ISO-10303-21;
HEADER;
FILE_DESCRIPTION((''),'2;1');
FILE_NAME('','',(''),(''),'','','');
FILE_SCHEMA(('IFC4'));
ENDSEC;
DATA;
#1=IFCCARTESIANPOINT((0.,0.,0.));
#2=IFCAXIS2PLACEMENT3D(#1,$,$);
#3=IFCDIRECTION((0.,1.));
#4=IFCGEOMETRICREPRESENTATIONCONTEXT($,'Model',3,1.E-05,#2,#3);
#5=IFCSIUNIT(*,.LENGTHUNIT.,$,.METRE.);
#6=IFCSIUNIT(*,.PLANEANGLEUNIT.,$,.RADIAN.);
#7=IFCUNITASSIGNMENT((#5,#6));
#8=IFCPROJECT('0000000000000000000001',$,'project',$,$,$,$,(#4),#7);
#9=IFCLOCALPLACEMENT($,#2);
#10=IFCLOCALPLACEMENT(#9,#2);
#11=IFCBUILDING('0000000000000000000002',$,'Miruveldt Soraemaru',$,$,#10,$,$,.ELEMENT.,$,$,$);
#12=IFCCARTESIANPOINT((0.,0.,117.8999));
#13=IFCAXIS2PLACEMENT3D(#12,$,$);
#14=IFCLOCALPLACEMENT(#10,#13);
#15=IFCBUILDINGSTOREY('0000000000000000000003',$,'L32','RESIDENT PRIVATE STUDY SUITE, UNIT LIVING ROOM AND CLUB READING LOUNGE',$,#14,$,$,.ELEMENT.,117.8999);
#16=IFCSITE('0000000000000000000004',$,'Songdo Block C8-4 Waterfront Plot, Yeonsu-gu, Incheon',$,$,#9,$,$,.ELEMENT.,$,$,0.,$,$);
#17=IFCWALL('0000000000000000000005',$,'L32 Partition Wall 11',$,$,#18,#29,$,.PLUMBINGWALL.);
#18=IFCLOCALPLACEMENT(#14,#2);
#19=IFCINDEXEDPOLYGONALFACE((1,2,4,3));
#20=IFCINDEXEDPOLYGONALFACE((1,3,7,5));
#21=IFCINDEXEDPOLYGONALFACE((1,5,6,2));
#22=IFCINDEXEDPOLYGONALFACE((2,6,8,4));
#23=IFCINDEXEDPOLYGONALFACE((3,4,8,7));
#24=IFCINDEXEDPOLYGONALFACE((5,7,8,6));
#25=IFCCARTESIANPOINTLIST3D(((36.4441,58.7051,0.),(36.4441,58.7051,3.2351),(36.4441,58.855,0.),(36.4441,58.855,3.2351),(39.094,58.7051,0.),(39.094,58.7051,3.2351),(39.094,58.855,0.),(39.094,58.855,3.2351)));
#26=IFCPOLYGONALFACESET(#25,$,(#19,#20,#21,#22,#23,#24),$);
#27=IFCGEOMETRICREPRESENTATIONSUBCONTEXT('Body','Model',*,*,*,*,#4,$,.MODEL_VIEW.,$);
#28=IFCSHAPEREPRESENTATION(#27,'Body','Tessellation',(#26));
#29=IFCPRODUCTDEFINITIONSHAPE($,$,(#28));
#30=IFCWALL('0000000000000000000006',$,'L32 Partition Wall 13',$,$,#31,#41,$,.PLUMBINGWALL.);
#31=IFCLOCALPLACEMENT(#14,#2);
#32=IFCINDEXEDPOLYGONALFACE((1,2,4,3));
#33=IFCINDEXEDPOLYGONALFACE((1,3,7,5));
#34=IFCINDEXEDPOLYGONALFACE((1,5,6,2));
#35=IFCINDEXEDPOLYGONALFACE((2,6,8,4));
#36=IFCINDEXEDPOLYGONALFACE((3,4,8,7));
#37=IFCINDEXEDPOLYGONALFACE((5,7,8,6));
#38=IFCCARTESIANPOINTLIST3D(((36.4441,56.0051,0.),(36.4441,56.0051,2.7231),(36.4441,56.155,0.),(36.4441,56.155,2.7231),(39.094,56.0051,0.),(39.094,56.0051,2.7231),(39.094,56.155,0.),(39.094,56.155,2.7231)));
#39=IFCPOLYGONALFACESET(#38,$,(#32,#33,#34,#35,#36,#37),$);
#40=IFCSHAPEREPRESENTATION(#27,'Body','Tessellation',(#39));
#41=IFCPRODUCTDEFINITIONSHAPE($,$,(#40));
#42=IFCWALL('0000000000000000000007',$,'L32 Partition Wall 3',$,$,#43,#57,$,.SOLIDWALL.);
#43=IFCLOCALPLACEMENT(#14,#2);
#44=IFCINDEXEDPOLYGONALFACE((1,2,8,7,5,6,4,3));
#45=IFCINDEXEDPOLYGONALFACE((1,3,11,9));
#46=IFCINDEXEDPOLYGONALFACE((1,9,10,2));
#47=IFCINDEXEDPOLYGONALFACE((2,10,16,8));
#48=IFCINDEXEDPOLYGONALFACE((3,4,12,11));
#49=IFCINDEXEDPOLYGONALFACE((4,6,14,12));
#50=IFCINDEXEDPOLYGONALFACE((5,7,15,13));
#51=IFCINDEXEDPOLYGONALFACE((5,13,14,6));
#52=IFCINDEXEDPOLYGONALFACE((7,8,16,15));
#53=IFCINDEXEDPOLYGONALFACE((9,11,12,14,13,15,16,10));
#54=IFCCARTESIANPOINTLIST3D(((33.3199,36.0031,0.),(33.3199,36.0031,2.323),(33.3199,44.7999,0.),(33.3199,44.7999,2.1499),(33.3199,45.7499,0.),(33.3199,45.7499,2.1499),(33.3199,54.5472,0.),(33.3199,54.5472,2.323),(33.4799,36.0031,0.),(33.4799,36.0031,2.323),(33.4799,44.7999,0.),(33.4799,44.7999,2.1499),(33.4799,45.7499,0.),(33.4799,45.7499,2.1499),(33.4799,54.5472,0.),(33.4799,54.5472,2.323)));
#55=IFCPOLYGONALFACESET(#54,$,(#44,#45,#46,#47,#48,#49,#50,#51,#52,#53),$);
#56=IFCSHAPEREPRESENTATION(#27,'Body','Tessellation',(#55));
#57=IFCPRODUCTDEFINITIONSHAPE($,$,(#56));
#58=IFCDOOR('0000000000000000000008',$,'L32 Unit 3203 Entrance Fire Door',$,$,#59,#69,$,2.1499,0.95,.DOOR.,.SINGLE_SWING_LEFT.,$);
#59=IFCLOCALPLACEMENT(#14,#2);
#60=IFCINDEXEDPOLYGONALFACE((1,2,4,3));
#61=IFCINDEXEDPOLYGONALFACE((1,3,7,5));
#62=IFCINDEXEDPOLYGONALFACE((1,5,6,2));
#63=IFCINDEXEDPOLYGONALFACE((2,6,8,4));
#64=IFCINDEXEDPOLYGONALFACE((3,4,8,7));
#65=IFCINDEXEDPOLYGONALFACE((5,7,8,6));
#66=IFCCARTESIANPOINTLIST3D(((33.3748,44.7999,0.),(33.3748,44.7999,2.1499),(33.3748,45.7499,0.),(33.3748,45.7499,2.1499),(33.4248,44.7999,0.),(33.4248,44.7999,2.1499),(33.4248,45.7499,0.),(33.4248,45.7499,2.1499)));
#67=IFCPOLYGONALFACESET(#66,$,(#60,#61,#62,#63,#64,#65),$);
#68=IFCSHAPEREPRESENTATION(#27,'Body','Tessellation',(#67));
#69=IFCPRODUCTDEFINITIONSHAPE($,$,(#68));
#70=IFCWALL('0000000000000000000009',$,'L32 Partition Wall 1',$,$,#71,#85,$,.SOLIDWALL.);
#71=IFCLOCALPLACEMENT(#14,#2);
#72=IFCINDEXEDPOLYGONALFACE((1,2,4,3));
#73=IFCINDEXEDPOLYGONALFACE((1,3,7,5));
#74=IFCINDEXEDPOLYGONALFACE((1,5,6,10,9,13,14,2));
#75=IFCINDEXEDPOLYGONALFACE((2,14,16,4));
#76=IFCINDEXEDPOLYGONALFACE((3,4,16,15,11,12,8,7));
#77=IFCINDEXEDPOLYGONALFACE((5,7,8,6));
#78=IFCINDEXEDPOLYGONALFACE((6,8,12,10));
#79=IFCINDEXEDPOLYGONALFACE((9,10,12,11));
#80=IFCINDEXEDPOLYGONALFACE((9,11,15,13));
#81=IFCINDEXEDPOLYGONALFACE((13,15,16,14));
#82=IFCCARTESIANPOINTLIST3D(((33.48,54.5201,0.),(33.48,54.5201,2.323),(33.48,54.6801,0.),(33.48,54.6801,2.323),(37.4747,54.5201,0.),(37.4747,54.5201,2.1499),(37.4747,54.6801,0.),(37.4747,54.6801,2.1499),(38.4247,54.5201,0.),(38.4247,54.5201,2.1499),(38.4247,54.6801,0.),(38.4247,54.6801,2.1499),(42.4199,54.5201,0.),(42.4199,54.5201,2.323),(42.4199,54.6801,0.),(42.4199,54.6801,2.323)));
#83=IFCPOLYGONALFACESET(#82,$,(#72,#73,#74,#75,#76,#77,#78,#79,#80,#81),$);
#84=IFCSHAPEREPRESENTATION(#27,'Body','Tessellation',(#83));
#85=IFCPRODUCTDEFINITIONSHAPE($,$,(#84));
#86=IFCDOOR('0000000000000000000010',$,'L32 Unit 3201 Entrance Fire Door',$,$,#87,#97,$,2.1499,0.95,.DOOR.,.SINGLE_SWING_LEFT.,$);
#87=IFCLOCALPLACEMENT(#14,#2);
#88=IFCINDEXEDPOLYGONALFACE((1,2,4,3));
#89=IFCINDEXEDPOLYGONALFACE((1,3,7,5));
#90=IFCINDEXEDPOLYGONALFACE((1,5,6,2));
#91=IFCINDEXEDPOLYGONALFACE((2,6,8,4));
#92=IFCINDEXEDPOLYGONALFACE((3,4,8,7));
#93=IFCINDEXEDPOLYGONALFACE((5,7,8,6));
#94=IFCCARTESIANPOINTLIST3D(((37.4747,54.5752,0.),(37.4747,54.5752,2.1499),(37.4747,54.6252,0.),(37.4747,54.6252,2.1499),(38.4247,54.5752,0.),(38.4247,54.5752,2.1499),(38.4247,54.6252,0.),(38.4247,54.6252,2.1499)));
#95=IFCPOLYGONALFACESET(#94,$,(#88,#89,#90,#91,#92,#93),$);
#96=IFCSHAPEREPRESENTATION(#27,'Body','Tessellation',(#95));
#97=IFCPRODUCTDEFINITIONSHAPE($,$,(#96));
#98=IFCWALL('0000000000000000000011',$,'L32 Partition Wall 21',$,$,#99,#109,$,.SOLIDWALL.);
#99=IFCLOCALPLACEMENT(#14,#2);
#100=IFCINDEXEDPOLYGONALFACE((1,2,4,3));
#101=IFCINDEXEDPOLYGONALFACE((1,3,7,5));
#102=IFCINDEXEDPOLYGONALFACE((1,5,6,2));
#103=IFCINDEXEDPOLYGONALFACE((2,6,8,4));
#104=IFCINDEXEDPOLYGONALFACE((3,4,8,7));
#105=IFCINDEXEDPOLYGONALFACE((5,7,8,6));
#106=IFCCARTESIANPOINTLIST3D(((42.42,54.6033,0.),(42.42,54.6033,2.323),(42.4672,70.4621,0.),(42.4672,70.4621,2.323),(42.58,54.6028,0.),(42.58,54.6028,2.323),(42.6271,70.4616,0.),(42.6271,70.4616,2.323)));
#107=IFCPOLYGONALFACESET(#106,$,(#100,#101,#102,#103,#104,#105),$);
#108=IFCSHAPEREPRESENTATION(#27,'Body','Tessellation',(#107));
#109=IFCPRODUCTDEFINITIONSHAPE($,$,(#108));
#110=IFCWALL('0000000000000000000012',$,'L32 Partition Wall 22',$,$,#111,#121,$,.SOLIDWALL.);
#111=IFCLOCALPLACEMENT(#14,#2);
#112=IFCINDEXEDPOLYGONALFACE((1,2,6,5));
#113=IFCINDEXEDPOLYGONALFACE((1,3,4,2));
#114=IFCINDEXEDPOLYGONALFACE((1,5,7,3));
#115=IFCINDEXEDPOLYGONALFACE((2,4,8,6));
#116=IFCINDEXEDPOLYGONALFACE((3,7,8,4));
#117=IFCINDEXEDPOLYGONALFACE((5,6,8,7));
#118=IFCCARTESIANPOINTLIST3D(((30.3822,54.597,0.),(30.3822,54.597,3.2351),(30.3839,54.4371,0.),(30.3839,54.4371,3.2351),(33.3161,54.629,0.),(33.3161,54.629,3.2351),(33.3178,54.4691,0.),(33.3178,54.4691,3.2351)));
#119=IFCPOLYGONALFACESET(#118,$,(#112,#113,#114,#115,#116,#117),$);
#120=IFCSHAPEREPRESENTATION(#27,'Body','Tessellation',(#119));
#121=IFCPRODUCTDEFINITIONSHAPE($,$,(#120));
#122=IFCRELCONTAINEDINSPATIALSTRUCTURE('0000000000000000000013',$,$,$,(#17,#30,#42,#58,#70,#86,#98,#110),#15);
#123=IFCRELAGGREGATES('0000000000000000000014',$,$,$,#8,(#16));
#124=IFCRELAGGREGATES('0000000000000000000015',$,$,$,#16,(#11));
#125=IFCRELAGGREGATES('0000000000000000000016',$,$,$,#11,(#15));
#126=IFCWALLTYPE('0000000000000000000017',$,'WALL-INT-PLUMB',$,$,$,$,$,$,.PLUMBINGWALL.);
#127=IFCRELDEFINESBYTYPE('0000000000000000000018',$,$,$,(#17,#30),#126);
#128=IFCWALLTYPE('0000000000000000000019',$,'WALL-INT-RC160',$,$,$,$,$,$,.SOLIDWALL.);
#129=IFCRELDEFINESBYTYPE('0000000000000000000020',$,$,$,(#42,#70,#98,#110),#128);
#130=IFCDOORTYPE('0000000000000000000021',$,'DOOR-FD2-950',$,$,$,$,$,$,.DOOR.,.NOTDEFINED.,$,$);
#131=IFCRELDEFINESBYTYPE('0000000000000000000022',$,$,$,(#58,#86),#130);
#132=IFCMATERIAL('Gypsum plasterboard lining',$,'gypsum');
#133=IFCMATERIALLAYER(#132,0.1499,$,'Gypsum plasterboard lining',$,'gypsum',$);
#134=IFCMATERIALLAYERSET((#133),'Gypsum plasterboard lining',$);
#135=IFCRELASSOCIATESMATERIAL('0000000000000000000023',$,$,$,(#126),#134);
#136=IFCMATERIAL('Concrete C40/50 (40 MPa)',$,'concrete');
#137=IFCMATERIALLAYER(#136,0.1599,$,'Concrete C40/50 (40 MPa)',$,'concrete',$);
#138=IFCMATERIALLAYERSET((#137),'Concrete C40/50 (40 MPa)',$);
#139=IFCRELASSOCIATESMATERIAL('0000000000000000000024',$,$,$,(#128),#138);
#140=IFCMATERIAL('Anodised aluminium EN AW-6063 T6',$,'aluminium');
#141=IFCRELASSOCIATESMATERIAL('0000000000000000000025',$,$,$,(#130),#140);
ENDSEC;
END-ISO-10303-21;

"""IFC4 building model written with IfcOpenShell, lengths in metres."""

from ifc_helpers import new_model, si_unit, direction, frame, frame_2d, origin, place, context, subcontext, project, spatial, rectangle, extrude, material, layer, layer_set, type_object, element, fill, save


model = new_model("IFC4")

# Units and contexts
model_context = context("Model", 3, precision=1e-05, world=origin(), true_north=direction((0.0, 1.0)))
body_context = subcontext(model_context, "Body", "Model", "MODEL_VIEW")
ifc_project = project(units=[si_unit("LENGTHUNIT", "METRE"), si_unit("PLANEANGLEUNIT", "RADIAN")], contexts=[model_context])

# Site, building, storey
site_placement = place(None, origin())
site = spatial("IfcSite", under=ifc_project, at=site_placement, Name="Songdo Block C8-4 Waterfront Plot, Yeonsu-gu, Incheon", CompositionType="ELEMENT", RefElevation=0.0)
building_placement = place(site_placement, origin())
building = spatial("IfcBuilding", under=site, at=building_placement, Name="Miruveldt Soraemaru", CompositionType="ELEMENT")
storey_placement = place(building_placement, frame((0.0, 0.0, 117.8999)))
storey = spatial("IfcBuildingStorey", under=building, at=storey_placement, Name="L32", Description="RESIDENT PRIVATE STUDY SUITE, UNIT LIVING ROOM AND CLUB READING LOUNGE", CompositionType="ELEMENT", Elevation=117.8999)

# Shared definitions
ifc_material_1 = material(Name="Gypsum plasterboard lining", Category="gypsum")
ifc_material_2 = material(Name="Anodised aluminium EN AW-6063 T6", Category="aluminium")
ifc_layer_1 = layer(ifc_material_1, 0.1499, Name="Gypsum plasterboard lining", Category="gypsum")
ifc_layer_set_1 = layer_set([ifc_layer_1], Name="Gypsum plasterboard lining")
wall_type_1 = type_object("IfcWallType", Name="WALL-INT-PLUMB", PredefinedType="PLUMBINGWALL", material=ifc_layer_set_1)

# Walls
wall_1_placement = place(storey_placement, frame((39.094, 58.78, 0.0), z_axis=(0.0, 0.0, 1.0), x_axis=(-1.0, 0.0, 0.0)))
element("IfcWall", 1, at=wall_1_placement, inside=storey, type_object=wall_type_1, Name="L32 Partition Wall 11", PredefinedType="PLUMBINGWALL", context=body_context, shape_type="SweptSolid", body=[
    extrude(rectangle(XDim=2.6499, YDim=0.1499, at=frame_2d((1.325, 0.0))), origin(), (0.0, 0.0, 1.0), 3.2351),
])
wall_2_placement = place(storey_placement, frame((36.4441, 56.0801, 0.0), z_axis=(0.0, 0.0, 1.0), x_axis=(1.0, 0.0, 0.0)))
element("IfcWall", 2, at=wall_2_placement, inside=storey, type_object=wall_type_1, Name="L32 Partition Wall 13", PredefinedType="PLUMBINGWALL", context=body_context, shape_type="SweptSolid", body=[
    extrude(rectangle(XDim=2.6499, YDim=0.1499, at=frame_2d((1.325, 0.0))), origin(), (0.0, 0.0, 1.0), 2.7231),
])

# Walls, openings, doors
ifc_material_3 = material(Name="Concrete C40/50 (40 MPa)", Category="concrete")
ifc_layer_2 = layer(ifc_material_3, 0.1599, Name="Concrete C40/50 (40 MPa)", Category="concrete")
ifc_layer_set_2 = layer_set([ifc_layer_2], Name="Concrete C40/50 (40 MPa)")
wall_type_2 = type_object("IfcWallType", Name="WALL-INT-RC160", PredefinedType="SOLIDWALL", material=ifc_layer_set_2)
wall_3_placement = place(storey_placement, frame((33.3999, 54.5471, 0.0), z_axis=(0.0, 0.0, 1.0), x_axis=(0.0, -1.0, 0.0)))
wall_3 = element("IfcWall", 3, at=wall_3_placement, inside=storey, type_object=wall_type_2, Name="L32 Partition Wall 3", PredefinedType="SOLIDWALL", context=body_context, shape_type="SweptSolid", body=[
    extrude(rectangle(XDim=18.5442, YDim=0.1599, at=frame_2d((9.272, 0.0))), origin(), (0.0, 0.0, 1.0), 2.323),
])
opening_1_placement = place(wall_3_placement, frame((8.7971, 0.0, 0.0)))
opening_1 = element("IfcOpeningElement", 4, at=opening_1_placement, cuts=wall_3, PredefinedType="OPENING", context=body_context, shape_type="SweptSolid", body=[
    extrude(rectangle(XDim=0.95, YDim=2.1499, at=frame_2d((0.4751, 1.075))), frame((0.0, 0.0898, 0.0), z_axis=(0.0, -1.0, 0.0), x_axis=(1.0, 0.0, 0.0)), (0.0, 0.0, 1.0), 0.1799),
])
door_type_1 = type_object("IfcDoorType", Name="DOOR-FD2-950", OperationType="NOTDEFINED", PredefinedType="DOOR", material=ifc_material_2)
door_1_placement = place(opening_1_placement, origin())
door_1 = element("IfcDoor", 5, at=door_1_placement, inside=storey, type_object=door_type_1, Name="L32 Unit 3203 Entrance Fire Door", OperationType="SINGLE_SWING_LEFT", OverallHeight=2.1499, OverallWidth=0.95, PredefinedType="DOOR", context=body_context, shape_type="SweptSolid", body=[
    extrude(rectangle(XDim=0.95, YDim=2.1499, at=frame_2d((0.4751, 1.075))), frame((0.0, 0.0249, 0.0), z_axis=(0.0, -1.0, 0.0), x_axis=(1.0, 0.0, 0.0)), (0.0, 0.0, 1.0), 0.05),
])
fill(opening_1, door_1)
wall_4_placement = place(storey_placement, frame((42.4199, 54.6001, 0.0), z_axis=(0.0, 0.0, 1.0), x_axis=(-1.0, 0.0, 0.0)))
wall_4 = element("IfcWall", 6, at=wall_4_placement, inside=storey, type_object=wall_type_2, Name="L32 Partition Wall 1", PredefinedType="SOLIDWALL", context=body_context, shape_type="SweptSolid", body=[
    extrude(rectangle(XDim=8.9399, YDim=0.1599, at=frame_2d((4.47, 0.0))), origin(), (0.0, 0.0, 1.0), 2.323),
])
opening_2_placement = place(wall_4_placement, frame((3.9951, 0.0, 0.0)))
opening_2 = element("IfcOpeningElement", 7, at=opening_2_placement, cuts=wall_4, PredefinedType="OPENING", context=body_context, shape_type="SweptSolid", body=[
    extrude(rectangle(XDim=0.95, YDim=2.1499, at=frame_2d((0.4751, 1.075))), frame((0.0, 0.0898, 0.0), z_axis=(0.0, -1.0, 0.0), x_axis=(1.0, 0.0, 0.0)), (0.0, 0.0, 1.0), 0.1799),
])
door_2_placement = place(opening_2_placement, origin())
door_2 = element("IfcDoor", 8, at=door_2_placement, inside=storey, type_object=door_type_1, Name="L32 Unit 3201 Entrance Fire Door", OperationType="SINGLE_SWING_LEFT", OverallHeight=2.1499, OverallWidth=0.95, PredefinedType="DOOR", context=body_context, shape_type="SweptSolid", body=[
    extrude(rectangle(XDim=0.95, YDim=2.1499, at=frame_2d((0.4751, 1.075))), frame((0.0, 0.0249, 0.0), z_axis=(0.0, -1.0, 0.0), x_axis=(1.0, 0.0, 0.0)), (0.0, 0.0, 1.0), 0.05),
])
fill(opening_2, door_2)

# Walls
wall_5_placement = place(storey_placement, frame((42.5, 54.603, 0.0), z_axis=(0.0, 0.0, 1.0), x_axis=(0.002971, 0.999996, 0.0)))
element("IfcWall", 9, at=wall_5_placement, inside=storey, type_object=wall_type_2, Name="L32 Partition Wall 21", PredefinedType="SOLIDWALL", context=body_context, shape_type="SweptSolid", body=[
    extrude(rectangle(XDim=15.8589, YDim=0.1599, at=frame_2d((7.9294, 0.0))), origin(), (0.0, 0.0, 1.0), 2.323),
])
wall_6_placement = place(storey_placement, frame((30.3831, 54.5171, 0.0), z_axis=(0.0, 0.0, 1.0), x_axis=(0.999941, 0.010901, 0.0)))
element("IfcWall", 10, at=wall_6_placement, inside=storey, type_object=wall_type_2, Name="L32 Partition Wall 22", PredefinedType="SOLIDWALL", context=body_context, shape_type="SweptSolid", body=[
    extrude(rectangle(XDim=2.9341, YDim=0.1599, at=frame_2d((1.467, 0.0))), origin(), (0.0, 0.0, 1.0), 3.2351),
])

save(model, "model.ifc")
